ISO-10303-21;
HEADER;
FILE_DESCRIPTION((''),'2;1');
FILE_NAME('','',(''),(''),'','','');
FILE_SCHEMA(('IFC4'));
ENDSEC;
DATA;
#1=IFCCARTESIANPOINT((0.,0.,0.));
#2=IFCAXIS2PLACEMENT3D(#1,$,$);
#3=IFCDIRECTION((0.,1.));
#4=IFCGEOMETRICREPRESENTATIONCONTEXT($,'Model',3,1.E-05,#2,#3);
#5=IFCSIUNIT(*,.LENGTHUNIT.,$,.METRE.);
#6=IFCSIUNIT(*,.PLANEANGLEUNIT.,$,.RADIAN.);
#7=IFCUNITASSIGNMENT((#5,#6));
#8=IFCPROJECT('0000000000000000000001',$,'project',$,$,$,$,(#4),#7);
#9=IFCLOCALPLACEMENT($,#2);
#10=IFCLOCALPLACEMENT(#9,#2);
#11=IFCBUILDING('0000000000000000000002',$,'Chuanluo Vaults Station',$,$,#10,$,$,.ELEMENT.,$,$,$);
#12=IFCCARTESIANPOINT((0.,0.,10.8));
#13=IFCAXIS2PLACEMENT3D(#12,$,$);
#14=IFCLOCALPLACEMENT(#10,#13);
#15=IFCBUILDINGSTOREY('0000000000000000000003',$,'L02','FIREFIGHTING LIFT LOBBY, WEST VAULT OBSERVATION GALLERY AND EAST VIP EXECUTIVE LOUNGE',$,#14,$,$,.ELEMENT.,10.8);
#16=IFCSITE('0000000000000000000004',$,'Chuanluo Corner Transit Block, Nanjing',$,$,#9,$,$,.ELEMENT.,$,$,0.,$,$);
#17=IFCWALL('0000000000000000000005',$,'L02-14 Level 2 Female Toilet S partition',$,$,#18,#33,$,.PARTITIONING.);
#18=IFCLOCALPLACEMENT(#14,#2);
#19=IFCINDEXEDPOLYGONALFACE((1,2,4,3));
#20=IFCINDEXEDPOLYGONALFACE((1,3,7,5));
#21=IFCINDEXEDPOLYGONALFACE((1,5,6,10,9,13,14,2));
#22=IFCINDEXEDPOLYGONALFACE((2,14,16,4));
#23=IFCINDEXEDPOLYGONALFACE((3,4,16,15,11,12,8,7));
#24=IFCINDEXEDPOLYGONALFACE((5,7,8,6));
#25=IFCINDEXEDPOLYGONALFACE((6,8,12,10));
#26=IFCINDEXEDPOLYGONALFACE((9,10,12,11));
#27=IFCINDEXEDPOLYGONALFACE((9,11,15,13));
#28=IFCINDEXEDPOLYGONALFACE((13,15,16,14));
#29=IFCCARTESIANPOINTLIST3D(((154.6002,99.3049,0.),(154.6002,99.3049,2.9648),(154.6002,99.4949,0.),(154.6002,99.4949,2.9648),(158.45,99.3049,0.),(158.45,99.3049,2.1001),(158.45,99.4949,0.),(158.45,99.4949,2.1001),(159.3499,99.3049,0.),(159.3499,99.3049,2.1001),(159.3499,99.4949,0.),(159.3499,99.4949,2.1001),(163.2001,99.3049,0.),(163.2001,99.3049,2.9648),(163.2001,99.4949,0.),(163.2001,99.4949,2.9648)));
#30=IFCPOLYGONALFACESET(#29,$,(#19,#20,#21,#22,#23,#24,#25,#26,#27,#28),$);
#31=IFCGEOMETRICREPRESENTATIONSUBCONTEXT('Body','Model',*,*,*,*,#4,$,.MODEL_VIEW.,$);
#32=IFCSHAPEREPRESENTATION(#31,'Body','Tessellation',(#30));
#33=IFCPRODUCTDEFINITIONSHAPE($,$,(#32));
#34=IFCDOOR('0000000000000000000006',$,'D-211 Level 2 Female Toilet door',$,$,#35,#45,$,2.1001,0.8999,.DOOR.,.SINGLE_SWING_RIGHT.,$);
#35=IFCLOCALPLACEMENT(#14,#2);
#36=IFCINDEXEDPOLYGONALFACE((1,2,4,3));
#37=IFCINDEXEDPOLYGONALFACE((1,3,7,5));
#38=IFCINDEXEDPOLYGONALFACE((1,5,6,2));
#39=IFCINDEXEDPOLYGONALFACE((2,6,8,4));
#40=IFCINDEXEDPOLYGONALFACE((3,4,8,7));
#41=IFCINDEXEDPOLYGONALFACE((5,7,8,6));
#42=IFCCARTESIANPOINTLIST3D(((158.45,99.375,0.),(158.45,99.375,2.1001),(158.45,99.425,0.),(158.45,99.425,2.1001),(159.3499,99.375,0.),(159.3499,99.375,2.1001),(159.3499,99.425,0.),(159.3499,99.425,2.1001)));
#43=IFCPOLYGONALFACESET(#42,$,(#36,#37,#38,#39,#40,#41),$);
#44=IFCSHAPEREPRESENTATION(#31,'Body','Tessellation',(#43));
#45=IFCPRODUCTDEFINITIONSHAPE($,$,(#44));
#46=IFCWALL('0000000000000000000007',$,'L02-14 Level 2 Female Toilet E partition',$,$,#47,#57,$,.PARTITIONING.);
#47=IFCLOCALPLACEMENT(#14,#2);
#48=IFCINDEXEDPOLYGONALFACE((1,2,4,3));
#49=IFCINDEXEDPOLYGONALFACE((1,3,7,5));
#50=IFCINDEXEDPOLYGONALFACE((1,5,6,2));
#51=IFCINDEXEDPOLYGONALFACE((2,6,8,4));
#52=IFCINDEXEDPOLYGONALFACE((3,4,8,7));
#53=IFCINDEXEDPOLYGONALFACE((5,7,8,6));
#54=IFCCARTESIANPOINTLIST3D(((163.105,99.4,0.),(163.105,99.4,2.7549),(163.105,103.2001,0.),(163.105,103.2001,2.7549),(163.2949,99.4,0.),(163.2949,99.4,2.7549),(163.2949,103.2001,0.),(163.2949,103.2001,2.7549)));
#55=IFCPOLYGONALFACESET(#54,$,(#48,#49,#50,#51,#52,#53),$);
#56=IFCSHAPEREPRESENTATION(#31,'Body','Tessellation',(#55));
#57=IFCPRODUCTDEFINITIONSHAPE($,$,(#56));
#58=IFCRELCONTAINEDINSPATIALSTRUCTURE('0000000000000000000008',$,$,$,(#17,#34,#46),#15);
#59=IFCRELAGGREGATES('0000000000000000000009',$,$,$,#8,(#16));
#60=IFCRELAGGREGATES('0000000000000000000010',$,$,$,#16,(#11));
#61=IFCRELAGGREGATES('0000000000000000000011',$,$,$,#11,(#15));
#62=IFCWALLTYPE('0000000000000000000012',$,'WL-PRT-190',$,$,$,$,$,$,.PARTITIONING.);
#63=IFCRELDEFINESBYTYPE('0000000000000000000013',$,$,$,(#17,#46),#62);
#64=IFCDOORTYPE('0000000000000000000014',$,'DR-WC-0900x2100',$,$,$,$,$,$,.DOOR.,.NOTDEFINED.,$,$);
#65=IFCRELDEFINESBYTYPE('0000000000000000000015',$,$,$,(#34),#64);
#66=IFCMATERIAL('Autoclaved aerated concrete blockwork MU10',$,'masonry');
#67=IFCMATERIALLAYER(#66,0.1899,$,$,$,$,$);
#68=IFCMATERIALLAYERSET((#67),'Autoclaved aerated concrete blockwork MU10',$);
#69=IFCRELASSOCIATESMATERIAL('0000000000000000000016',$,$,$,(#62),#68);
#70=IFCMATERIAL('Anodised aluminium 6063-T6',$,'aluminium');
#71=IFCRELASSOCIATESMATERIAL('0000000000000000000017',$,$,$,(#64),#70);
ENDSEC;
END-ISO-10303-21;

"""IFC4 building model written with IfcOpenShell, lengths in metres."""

from ifc_helpers import new_model, si_unit, direction, frame, frame_2d, origin, place, context, subcontext, project, spatial, rectangle, extrude, material, layer, layer_set, type_object, element, fill, save


model = new_model("IFC4")

# Units and contexts
model_context = context("Model", 3, precision=1e-05, world=origin(), true_north=direction((0.0, 1.0)))
body_context = subcontext(model_context, "Body", "Model", "MODEL_VIEW")
ifc_project = project(units=[si_unit("LENGTHUNIT", "METRE"), si_unit("PLANEANGLEUNIT", "RADIAN")], contexts=[model_context])

# Site, building, storey
site_placement = place(None, origin())
site = spatial("IfcSite", under=ifc_project, at=site_placement, Name="Chuanluo Corner Transit Block, Nanjing", CompositionType="ELEMENT", RefElevation=0.0)
building_placement = place(site_placement, origin())
building = spatial("IfcBuilding", under=site, at=building_placement, Name="Chuanluo Vaults Station", CompositionType="ELEMENT")
storey_placement = place(building_placement, frame((0.0, 0.0, 10.8)))
storey = spatial("IfcBuildingStorey", under=building, at=storey_placement, Name="L02", Description="FIREFIGHTING LIFT LOBBY, WEST VAULT OBSERVATION GALLERY AND EAST VIP EXECUTIVE LOUNGE", CompositionType="ELEMENT", Elevation=10.8)

# Wall, opening, door
ifc_material_1 = material(Name="Autoclaved aerated concrete blockwork MU10", Category="masonry")
ifc_layer_1 = layer(ifc_material_1, 0.1899)
ifc_layer_set_1 = layer_set([ifc_layer_1], Name="Autoclaved aerated concrete blockwork MU10")
wall_type_1 = type_object("IfcWallType", Name="WL-PRT-190", PredefinedType="PARTITIONING", material=ifc_layer_set_1)
wall_1_placement = place(storey_placement, frame((163.2, 99.3999, 0.0), z_axis=(0.0, 0.0, 1.0), x_axis=(-1.0, 0.0, 0.0)))
wall_1 = element("IfcWall", 1, at=wall_1_placement, inside=storey, type_object=wall_type_1, Name="L02-14 Level 2 Female Toilet S partition", PredefinedType="PARTITIONING", context=body_context, shape_type="SweptSolid", body=[
    extrude(rectangle(XDim=8.5999, YDim=0.1899, at=frame_2d((4.2998, 0.0))), origin(), (0.0, 0.0, 1.0), 2.9648),
])
opening_1_placement = place(wall_1_placement, frame((3.8501, 0.0, 0.0)))
opening_1 = element("IfcOpeningElement", 2, at=opening_1_placement, cuts=wall_1, PredefinedType="OPENING", context=body_context, shape_type="SweptSolid", body=[
    extrude(rectangle(XDim=0.8999, YDim=2.1001, at=frame_2d((0.45, 1.05))), frame((0.0, 0.105, 0.0), z_axis=(0.0, -1.0, 0.0), x_axis=(1.0, 0.0, 0.0)), (0.0, 0.0, 1.0), 0.2099),
])
ifc_material_2 = material(Name="Anodised aluminium 6063-T6", Category="aluminium")
door_type_1 = type_object("IfcDoorType", Name="DR-WC-0900x2100", OperationType="NOTDEFINED", PredefinedType="DOOR", material=ifc_material_2)
door_1_placement = place(opening_1_placement, origin())
door_1 = element("IfcDoor", 3, at=door_1_placement, inside=storey, type_object=door_type_1, Name="D-211 Level 2 Female Toilet door", OperationType="SINGLE_SWING_RIGHT", OverallHeight=2.1001, OverallWidth=0.8999, PredefinedType="DOOR", context=body_context, shape_type="SweptSolid", body=[
    extrude(rectangle(XDim=0.8999, YDim=2.1001, at=frame_2d((0.45, 1.05))), frame((0.0, 0.0249, 0.0), z_axis=(0.0, -1.0, 0.0), x_axis=(1.0, 0.0, 0.0)), (0.0, 0.0, 1.0), 0.05),
])
fill(opening_1, door_1)

# Wall
wall_2_placement = place(storey_placement, frame((163.2, 103.2, 0.0), z_axis=(0.0, 0.0, 1.0), x_axis=(0.0, -1.0, 0.0)))
element("IfcWall", 4, at=wall_2_placement, inside=storey, type_object=wall_type_1, Name="L02-14 Level 2 Female Toilet E partition", PredefinedType="PARTITIONING", context=body_context, shape_type="SweptSolid", body=[
    extrude(rectangle(XDim=3.8, YDim=0.1899, at=frame_2d((1.8999, 0.0))), origin(), (0.0, 0.0, 1.0), 2.7549),
])

save(model, "model.ifc")
